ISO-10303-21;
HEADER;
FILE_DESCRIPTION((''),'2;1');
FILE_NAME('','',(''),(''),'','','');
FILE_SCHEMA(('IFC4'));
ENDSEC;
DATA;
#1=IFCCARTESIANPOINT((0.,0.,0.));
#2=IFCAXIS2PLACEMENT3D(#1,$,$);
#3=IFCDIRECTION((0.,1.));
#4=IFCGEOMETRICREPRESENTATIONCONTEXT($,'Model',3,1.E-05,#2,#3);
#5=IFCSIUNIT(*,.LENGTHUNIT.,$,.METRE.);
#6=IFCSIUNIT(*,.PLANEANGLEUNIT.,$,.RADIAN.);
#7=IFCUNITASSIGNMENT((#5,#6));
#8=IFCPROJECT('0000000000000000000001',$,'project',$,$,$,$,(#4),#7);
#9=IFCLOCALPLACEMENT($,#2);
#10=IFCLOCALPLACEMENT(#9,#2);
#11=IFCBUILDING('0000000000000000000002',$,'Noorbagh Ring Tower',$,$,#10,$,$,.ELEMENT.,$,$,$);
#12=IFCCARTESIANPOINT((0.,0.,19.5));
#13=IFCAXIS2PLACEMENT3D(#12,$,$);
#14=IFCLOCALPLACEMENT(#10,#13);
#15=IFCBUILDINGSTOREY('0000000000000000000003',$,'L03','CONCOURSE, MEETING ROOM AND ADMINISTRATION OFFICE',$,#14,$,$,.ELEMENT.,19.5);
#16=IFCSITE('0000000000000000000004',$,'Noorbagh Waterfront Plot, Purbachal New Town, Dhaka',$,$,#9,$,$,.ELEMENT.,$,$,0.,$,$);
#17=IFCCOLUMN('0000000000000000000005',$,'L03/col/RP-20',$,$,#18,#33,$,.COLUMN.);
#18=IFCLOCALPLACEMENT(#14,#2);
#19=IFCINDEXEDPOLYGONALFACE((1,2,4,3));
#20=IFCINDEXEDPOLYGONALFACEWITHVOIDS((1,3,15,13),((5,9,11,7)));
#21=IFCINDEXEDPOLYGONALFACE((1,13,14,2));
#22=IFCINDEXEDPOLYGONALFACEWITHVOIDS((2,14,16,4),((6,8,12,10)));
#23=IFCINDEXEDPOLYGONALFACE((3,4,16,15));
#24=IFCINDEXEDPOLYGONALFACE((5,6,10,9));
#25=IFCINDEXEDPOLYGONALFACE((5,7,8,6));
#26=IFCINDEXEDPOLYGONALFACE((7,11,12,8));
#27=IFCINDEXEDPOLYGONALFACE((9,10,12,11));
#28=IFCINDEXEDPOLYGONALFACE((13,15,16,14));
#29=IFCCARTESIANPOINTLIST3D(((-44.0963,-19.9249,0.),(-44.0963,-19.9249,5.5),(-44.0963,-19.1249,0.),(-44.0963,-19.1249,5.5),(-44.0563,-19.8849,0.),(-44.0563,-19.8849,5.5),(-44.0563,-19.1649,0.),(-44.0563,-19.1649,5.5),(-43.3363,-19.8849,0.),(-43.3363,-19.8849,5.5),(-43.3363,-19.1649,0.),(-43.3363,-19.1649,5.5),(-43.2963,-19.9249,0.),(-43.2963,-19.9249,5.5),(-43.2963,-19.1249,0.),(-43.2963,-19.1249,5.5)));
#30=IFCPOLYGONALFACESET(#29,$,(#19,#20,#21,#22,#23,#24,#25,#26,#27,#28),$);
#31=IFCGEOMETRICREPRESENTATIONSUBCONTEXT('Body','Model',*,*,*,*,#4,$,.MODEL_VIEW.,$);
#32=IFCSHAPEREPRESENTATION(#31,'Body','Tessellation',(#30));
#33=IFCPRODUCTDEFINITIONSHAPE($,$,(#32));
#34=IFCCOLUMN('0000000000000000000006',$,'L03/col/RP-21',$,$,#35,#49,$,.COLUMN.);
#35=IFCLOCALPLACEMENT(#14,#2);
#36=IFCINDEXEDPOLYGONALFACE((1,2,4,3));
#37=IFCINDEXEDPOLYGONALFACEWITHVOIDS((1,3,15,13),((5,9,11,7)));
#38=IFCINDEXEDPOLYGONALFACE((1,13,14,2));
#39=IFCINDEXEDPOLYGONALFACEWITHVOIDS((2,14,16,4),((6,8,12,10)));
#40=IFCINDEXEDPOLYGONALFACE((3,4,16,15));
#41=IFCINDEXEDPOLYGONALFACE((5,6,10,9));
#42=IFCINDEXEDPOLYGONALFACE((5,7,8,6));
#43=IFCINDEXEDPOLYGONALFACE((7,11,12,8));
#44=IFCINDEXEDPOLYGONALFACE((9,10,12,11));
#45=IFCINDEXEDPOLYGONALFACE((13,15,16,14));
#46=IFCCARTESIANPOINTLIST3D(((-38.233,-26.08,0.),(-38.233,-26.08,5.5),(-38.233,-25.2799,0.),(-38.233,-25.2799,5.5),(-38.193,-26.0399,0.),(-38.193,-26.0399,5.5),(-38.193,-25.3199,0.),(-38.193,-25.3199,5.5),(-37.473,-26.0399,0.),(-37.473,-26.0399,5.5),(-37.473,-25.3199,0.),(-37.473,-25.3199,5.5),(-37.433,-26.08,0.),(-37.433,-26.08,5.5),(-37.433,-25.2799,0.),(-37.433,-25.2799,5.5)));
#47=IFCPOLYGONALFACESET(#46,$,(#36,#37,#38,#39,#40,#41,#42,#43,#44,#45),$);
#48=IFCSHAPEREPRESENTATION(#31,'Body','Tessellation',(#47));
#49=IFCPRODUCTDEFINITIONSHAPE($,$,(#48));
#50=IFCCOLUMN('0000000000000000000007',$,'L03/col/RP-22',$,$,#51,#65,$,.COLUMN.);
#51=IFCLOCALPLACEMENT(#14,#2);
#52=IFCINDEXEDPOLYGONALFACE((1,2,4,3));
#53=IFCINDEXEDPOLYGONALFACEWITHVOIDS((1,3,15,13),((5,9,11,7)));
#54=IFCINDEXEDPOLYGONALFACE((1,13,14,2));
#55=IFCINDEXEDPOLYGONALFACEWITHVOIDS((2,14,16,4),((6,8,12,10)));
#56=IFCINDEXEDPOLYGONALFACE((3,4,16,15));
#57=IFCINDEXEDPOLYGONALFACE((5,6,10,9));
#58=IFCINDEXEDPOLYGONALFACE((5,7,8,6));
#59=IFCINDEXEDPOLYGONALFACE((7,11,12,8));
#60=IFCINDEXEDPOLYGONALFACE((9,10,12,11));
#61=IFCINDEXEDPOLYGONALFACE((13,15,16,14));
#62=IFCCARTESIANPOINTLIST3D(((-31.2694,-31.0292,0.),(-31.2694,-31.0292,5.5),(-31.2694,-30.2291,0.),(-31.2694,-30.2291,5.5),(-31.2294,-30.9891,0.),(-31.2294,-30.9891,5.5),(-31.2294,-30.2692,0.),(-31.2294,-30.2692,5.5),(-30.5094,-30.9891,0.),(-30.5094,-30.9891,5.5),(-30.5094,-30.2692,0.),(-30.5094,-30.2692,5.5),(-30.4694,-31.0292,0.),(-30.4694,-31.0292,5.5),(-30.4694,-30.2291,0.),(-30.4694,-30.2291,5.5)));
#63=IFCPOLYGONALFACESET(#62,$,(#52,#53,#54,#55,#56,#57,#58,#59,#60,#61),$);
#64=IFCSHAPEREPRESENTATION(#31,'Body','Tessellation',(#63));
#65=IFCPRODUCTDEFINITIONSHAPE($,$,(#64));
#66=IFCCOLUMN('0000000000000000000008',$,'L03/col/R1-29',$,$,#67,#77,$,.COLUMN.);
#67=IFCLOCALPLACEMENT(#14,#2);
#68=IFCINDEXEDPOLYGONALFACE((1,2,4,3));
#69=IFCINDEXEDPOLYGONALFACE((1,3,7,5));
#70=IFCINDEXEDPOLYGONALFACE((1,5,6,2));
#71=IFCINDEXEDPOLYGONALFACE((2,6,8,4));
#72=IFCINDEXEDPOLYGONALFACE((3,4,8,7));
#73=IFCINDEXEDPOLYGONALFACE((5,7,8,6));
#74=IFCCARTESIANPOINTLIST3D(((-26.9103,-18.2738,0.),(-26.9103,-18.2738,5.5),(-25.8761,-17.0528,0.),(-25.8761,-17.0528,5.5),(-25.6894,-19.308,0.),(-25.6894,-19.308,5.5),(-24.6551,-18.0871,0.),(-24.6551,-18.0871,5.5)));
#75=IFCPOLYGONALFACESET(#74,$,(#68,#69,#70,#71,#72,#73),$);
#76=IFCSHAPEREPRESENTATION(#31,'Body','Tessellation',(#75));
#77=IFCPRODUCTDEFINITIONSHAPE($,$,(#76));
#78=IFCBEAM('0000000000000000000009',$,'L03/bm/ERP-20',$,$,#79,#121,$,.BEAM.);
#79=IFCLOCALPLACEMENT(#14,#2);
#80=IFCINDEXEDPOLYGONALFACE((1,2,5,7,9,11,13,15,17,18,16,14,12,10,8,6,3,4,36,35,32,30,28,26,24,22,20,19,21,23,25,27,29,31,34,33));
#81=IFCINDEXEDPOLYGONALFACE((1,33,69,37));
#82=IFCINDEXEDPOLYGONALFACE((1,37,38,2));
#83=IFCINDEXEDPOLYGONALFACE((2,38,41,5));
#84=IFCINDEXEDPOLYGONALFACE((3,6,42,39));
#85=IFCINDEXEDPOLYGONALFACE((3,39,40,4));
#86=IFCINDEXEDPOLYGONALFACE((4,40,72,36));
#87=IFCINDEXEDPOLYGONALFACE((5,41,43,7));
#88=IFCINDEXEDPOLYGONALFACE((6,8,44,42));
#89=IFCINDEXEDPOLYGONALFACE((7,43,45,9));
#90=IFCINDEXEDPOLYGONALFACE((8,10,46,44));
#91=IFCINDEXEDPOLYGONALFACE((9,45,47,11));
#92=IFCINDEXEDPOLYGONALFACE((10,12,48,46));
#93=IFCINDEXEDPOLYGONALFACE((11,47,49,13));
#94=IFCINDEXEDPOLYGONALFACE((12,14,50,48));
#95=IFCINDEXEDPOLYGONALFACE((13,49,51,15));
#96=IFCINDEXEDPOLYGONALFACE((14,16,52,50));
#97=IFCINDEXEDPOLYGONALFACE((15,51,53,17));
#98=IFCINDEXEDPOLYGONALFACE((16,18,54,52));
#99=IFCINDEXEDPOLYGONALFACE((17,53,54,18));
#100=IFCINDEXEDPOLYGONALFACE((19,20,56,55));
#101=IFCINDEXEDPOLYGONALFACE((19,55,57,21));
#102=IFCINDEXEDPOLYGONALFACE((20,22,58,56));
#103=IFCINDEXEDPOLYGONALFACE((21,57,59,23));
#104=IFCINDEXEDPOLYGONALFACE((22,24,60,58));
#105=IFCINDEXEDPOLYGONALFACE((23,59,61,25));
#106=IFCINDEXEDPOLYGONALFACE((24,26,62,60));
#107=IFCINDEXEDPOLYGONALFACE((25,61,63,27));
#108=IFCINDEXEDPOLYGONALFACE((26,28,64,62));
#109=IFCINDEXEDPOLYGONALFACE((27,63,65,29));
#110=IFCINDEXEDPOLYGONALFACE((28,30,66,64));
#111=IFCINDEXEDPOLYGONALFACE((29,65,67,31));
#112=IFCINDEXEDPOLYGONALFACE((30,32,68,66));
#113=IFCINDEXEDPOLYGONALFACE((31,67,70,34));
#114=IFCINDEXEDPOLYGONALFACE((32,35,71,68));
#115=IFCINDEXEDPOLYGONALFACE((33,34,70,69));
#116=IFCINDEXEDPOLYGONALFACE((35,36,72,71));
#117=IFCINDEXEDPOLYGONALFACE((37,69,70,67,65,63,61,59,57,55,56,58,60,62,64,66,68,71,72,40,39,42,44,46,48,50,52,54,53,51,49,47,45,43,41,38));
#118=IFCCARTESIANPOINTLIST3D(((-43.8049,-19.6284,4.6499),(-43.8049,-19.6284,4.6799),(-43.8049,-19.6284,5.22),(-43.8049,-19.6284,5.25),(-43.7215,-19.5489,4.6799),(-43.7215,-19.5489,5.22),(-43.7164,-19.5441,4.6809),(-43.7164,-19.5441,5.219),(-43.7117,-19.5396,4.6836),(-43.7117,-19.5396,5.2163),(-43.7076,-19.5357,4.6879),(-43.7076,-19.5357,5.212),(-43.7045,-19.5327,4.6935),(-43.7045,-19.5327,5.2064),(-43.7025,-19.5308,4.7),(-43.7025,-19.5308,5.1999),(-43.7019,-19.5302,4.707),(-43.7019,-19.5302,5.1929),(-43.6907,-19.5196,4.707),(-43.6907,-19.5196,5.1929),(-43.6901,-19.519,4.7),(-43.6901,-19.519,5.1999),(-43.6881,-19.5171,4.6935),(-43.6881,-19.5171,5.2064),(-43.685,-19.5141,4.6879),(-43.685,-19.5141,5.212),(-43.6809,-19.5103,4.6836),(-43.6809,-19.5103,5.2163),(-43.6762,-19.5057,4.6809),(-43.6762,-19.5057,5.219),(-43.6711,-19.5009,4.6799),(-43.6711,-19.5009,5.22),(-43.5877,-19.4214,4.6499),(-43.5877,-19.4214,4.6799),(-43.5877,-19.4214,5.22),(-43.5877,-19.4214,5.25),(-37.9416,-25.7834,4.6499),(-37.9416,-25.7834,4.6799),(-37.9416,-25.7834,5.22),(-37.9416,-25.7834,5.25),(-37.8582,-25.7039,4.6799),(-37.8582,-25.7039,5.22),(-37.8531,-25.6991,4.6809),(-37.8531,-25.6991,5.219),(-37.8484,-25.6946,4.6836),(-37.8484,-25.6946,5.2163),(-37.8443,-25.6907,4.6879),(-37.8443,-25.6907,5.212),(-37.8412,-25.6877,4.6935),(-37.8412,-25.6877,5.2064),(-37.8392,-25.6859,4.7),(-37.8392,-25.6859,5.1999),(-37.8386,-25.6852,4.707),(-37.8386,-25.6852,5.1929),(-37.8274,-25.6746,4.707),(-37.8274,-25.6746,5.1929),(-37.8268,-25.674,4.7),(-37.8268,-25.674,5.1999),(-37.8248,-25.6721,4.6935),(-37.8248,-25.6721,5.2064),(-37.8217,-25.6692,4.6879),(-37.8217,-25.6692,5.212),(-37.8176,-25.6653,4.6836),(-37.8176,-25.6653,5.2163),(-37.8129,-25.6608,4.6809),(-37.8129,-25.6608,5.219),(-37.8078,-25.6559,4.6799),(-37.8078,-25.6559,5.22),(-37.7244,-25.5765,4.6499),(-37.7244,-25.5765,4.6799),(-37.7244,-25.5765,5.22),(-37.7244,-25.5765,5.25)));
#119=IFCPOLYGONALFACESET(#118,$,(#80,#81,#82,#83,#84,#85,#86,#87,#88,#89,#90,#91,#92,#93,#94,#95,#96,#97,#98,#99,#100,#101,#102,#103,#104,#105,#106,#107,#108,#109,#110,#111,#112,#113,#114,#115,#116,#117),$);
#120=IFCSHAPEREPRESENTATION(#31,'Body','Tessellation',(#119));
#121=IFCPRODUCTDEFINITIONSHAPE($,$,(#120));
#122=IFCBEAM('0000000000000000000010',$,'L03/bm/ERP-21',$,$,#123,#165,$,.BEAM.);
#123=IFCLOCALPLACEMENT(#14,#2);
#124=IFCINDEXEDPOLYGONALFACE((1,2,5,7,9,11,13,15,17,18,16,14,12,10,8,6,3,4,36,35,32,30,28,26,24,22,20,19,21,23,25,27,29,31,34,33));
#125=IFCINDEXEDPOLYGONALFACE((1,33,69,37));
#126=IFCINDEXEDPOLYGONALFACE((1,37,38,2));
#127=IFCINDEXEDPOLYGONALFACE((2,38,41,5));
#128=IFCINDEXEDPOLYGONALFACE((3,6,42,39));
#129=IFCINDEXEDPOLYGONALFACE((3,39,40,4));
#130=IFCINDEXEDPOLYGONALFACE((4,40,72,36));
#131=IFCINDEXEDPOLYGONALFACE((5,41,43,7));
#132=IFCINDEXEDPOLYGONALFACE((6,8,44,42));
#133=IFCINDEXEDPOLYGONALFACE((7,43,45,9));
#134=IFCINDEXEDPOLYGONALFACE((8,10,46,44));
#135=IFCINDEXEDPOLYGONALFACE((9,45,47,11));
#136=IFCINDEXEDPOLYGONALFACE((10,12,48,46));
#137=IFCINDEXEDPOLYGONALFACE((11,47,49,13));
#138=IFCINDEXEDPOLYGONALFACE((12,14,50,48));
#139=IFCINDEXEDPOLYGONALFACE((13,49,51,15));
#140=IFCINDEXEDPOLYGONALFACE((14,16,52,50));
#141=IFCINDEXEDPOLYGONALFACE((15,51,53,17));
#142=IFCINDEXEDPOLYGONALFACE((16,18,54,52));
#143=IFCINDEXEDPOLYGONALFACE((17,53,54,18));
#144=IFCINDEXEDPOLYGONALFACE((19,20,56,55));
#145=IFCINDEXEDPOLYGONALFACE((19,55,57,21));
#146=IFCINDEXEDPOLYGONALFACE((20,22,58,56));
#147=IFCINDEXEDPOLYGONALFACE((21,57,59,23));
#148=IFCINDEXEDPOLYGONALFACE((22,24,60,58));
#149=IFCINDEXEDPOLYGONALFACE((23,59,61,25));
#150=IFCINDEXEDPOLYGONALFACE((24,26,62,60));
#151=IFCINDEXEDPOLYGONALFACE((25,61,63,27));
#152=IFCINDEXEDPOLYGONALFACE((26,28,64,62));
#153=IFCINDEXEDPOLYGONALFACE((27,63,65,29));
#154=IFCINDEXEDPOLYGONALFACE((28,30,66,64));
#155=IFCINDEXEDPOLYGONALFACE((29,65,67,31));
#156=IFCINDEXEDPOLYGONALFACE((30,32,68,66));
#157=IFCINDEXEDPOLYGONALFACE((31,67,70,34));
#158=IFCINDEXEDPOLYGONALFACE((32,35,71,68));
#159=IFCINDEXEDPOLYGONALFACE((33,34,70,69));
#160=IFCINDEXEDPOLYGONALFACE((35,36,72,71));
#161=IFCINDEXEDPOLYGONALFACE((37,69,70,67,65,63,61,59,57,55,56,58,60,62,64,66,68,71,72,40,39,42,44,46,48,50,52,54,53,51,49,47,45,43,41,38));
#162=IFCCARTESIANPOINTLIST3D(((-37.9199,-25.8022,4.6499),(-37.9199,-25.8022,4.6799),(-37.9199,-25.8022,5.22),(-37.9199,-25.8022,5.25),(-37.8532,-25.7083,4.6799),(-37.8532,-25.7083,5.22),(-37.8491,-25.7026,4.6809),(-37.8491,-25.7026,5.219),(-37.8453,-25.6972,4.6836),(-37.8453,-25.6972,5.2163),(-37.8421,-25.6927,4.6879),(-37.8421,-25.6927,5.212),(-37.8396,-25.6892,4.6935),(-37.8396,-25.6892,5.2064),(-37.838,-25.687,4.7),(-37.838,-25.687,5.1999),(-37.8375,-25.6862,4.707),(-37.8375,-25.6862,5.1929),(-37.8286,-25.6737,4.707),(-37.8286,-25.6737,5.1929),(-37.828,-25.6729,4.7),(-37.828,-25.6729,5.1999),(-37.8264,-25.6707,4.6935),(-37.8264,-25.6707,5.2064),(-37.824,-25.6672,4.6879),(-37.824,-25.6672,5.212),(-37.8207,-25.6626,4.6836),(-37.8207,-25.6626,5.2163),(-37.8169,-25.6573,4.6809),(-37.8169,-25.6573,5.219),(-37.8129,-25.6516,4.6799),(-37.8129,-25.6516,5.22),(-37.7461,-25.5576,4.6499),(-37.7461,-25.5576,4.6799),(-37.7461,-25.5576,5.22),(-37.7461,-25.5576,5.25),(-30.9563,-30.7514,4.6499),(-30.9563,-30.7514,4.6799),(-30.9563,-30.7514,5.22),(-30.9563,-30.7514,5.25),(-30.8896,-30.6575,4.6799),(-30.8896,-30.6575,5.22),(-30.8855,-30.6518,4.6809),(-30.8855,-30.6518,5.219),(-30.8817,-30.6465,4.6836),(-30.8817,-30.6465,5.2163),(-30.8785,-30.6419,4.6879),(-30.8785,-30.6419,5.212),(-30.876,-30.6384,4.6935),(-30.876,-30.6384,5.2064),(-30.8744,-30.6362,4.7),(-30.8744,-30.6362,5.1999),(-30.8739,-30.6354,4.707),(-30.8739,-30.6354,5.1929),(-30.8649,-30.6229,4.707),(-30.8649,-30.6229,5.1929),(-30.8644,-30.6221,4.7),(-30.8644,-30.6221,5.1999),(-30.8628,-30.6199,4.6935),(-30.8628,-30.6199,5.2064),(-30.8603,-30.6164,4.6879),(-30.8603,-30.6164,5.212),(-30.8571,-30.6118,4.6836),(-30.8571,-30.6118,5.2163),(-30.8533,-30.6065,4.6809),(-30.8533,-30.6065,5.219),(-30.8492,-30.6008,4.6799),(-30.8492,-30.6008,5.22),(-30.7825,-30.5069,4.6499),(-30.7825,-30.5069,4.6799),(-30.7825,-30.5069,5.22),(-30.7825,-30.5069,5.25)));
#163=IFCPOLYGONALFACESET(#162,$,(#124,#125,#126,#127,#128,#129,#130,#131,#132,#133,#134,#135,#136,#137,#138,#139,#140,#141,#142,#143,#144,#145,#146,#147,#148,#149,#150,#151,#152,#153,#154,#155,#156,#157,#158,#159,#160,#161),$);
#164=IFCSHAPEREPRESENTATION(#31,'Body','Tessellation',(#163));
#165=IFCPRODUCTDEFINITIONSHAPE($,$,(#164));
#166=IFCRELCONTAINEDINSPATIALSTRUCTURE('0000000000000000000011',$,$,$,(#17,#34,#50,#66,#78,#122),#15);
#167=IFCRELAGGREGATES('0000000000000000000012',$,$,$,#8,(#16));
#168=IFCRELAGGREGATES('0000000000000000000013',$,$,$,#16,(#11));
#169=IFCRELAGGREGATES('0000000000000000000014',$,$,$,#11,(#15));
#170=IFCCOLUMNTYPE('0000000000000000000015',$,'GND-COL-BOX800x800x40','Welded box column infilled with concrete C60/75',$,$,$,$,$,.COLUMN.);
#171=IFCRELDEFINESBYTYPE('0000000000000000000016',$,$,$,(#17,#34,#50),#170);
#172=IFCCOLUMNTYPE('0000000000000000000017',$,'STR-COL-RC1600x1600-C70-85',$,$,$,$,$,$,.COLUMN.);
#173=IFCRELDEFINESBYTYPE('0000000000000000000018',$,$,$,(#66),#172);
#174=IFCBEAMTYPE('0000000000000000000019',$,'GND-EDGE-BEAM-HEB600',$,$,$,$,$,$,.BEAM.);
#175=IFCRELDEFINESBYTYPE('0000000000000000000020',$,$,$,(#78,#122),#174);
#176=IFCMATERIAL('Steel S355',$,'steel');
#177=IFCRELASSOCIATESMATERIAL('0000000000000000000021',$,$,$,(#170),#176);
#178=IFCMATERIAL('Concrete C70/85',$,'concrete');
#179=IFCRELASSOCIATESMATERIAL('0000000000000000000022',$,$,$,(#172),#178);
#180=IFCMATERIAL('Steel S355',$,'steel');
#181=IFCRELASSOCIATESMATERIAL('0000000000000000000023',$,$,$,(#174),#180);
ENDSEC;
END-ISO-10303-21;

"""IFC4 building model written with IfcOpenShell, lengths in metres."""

from ifc_helpers import new_model, si_unit, direction, frame, origin, origin_2d, place, context, subcontext, project, spatial, rectangle, hollow_rectangle, i_section, extrude, material, material_profile, profile_set, type_object, element, save


model = new_model("IFC4")

# Units and contexts
model_context = context("Model", 3, precision=1e-05, world=origin(), true_north=direction((0.0, 1.0)))
body_context = subcontext(model_context, "Body", "Model", "MODEL_VIEW")
ifc_project = project(units=[si_unit("LENGTHUNIT", "METRE"), si_unit("PLANEANGLEUNIT", "RADIAN")], contexts=[model_context])

# Site, building, storey
site_placement = place(None, origin())
site = spatial("IfcSite", under=ifc_project, at=site_placement, Name="Noorbagh Waterfront Plot, Purbachal New Town, Dhaka", CompositionType="ELEMENT", RefElevation=0.0)
building_placement = place(site_placement, origin())
building = spatial("IfcBuilding", under=site, at=building_placement, Name="Noorbagh Ring Tower", CompositionType="ELEMENT")
storey_placement = place(building_placement, frame((0.0, 0.0, 19.5)))
storey = spatial("IfcBuildingStorey", under=building, at=storey_placement, Name="L03", Description="CONCOURSE, MEETING ROOM AND ADMINISTRATION OFFICE", CompositionType="ELEMENT", Elevation=19.5)

# Columns
ifc_material_1 = material(Name="Steel S355", Category="steel")
ifc_material_profile_1 = material_profile(ifc_material_1, hollow_rectangle(XDim=0.8, YDim=0.8, WallThickness=0.04, at=origin_2d()), Name="BOX800x800x40")
ifc_profile_set_1 = profile_set([ifc_material_profile_1], Name="Steel S355")
column_type_1 = type_object("IfcColumnType", Name="GND-COL-BOX800x800x40", Description="Welded box column infilled with concrete C60/75", PredefinedType="COLUMN", material=ifc_profile_set_1)
for number, where, z_axis, x_axis, name in (
    (1, (-43.6963, -19.5249, 0.0), (0.0, 0.0, 1.0), (1.0, 0.0, 0.0), "L03/col/RP-20"),
    (2, (-37.833, -25.6799, 0.0), (0.0, 0.0, 1.0), (1.0, 0.0, 0.0), "L03/col/RP-21"),
    (3, (-30.8694, -30.6292, 0.0), (0.0, 0.0, 1.0), (1.0, 0.0, 0.0), "L03/col/RP-22"),
):
    element("IfcColumn", number, at=place(storey_placement, frame(where, z_axis=z_axis, x_axis=x_axis)), inside=storey, type_object=column_type_1, Name=name, PredefinedType="COLUMN", context=body_context, shape_type="SweptSolid", body=[
        extrude(hollow_rectangle(XDim=0.8, YDim=0.8, WallThickness=0.04, at=origin_2d()), origin(), (0.0, 0.0, 1.0), 5.5),
    ])
ifc_material_2 = material(Name="Concrete C70/85", Category="concrete")
ifc_material_profile_2 = material_profile(ifc_material_2, rectangle(XDim=1.6001, YDim=1.6001, at=origin_2d()), Name="RC1600x1600")
ifc_profile_set_2 = profile_set([ifc_material_profile_2], Name="Concrete C70/85")
column_type_2 = type_object("IfcColumnType", Name="STR-COL-RC1600x1600-C70-85", PredefinedType="COLUMN", material=ifc_profile_set_2)
column_placement = place(storey_placement, frame((-25.7827, -18.1804, 0.0), z_axis=(0.0, 0.0, 1.0), x_axis=(0.763035, -0.646357, 0.0)))
element("IfcColumn", 4, at=column_placement, inside=storey, type_object=column_type_2, Name="L03/col/R1-29", PredefinedType="COLUMN", context=body_context, shape_type="SweptSolid", body=[
    extrude(rectangle(XDim=1.6001, YDim=1.6001, at=origin_2d()), origin(), (0.0, 0.0, 1.0), 5.5),
])

# Beams
ifc_material_3 = material(Name="Steel S355", Category="steel")
ifc_material_profile_3 = material_profile(ifc_material_3, i_section(OverallWidth=0.3, OverallDepth=0.6001, WebThickness=0.0154, FlangeThickness=0.03, FilletRadius=0.0271, at=origin_2d()), Name="HEB600")
ifc_profile_set_3 = profile_set([ifc_material_profile_3], Name="Steel S355")
beam_type_1 = type_object("IfcBeamType", Name="GND-EDGE-BEAM-HEB600", PredefinedType="BEAM", material=ifc_profile_set_3)
beam_1_placement = place(storey_placement, frame((-43.6963, -19.5249, 4.95), z_axis=(0.689738, -0.724059, 0.0), x_axis=(0.724059, 0.689738, 0.0)))
element("IfcBeam", 5, at=beam_1_placement, inside=storey, type_object=beam_type_1, Name="L03/bm/ERP-20", PredefinedType="BEAM", context=body_context, shape_type="SweptSolid", body=[
    extrude(i_section(OverallWidth=0.3, OverallDepth=0.6001, WebThickness=0.0154, FlangeThickness=0.03, FilletRadius=0.0271, at=origin_2d()), origin(), (0.0, 0.0, 1.0), 8.5007),
])
beam_2_placement = place(storey_placement, frame((-37.833, -25.6799, 4.95), z_axis=(0.815104, -0.579315, 0.0), x_axis=(0.579315, 0.815104, 0.0)))
element("IfcBeam", 6, at=beam_2_placement, inside=storey, type_object=beam_type_1, Name="L03/bm/ERP-21", PredefinedType="BEAM", context=body_context, shape_type="SweptSolid", body=[
    extrude(i_section(OverallWidth=0.3, OverallDepth=0.6001, WebThickness=0.0154, FlangeThickness=0.03, FilletRadius=0.0271, at=origin_2d()), origin(), (0.0, 0.0, 1.0), 8.5432),
])

save(model, "model.ifc")
